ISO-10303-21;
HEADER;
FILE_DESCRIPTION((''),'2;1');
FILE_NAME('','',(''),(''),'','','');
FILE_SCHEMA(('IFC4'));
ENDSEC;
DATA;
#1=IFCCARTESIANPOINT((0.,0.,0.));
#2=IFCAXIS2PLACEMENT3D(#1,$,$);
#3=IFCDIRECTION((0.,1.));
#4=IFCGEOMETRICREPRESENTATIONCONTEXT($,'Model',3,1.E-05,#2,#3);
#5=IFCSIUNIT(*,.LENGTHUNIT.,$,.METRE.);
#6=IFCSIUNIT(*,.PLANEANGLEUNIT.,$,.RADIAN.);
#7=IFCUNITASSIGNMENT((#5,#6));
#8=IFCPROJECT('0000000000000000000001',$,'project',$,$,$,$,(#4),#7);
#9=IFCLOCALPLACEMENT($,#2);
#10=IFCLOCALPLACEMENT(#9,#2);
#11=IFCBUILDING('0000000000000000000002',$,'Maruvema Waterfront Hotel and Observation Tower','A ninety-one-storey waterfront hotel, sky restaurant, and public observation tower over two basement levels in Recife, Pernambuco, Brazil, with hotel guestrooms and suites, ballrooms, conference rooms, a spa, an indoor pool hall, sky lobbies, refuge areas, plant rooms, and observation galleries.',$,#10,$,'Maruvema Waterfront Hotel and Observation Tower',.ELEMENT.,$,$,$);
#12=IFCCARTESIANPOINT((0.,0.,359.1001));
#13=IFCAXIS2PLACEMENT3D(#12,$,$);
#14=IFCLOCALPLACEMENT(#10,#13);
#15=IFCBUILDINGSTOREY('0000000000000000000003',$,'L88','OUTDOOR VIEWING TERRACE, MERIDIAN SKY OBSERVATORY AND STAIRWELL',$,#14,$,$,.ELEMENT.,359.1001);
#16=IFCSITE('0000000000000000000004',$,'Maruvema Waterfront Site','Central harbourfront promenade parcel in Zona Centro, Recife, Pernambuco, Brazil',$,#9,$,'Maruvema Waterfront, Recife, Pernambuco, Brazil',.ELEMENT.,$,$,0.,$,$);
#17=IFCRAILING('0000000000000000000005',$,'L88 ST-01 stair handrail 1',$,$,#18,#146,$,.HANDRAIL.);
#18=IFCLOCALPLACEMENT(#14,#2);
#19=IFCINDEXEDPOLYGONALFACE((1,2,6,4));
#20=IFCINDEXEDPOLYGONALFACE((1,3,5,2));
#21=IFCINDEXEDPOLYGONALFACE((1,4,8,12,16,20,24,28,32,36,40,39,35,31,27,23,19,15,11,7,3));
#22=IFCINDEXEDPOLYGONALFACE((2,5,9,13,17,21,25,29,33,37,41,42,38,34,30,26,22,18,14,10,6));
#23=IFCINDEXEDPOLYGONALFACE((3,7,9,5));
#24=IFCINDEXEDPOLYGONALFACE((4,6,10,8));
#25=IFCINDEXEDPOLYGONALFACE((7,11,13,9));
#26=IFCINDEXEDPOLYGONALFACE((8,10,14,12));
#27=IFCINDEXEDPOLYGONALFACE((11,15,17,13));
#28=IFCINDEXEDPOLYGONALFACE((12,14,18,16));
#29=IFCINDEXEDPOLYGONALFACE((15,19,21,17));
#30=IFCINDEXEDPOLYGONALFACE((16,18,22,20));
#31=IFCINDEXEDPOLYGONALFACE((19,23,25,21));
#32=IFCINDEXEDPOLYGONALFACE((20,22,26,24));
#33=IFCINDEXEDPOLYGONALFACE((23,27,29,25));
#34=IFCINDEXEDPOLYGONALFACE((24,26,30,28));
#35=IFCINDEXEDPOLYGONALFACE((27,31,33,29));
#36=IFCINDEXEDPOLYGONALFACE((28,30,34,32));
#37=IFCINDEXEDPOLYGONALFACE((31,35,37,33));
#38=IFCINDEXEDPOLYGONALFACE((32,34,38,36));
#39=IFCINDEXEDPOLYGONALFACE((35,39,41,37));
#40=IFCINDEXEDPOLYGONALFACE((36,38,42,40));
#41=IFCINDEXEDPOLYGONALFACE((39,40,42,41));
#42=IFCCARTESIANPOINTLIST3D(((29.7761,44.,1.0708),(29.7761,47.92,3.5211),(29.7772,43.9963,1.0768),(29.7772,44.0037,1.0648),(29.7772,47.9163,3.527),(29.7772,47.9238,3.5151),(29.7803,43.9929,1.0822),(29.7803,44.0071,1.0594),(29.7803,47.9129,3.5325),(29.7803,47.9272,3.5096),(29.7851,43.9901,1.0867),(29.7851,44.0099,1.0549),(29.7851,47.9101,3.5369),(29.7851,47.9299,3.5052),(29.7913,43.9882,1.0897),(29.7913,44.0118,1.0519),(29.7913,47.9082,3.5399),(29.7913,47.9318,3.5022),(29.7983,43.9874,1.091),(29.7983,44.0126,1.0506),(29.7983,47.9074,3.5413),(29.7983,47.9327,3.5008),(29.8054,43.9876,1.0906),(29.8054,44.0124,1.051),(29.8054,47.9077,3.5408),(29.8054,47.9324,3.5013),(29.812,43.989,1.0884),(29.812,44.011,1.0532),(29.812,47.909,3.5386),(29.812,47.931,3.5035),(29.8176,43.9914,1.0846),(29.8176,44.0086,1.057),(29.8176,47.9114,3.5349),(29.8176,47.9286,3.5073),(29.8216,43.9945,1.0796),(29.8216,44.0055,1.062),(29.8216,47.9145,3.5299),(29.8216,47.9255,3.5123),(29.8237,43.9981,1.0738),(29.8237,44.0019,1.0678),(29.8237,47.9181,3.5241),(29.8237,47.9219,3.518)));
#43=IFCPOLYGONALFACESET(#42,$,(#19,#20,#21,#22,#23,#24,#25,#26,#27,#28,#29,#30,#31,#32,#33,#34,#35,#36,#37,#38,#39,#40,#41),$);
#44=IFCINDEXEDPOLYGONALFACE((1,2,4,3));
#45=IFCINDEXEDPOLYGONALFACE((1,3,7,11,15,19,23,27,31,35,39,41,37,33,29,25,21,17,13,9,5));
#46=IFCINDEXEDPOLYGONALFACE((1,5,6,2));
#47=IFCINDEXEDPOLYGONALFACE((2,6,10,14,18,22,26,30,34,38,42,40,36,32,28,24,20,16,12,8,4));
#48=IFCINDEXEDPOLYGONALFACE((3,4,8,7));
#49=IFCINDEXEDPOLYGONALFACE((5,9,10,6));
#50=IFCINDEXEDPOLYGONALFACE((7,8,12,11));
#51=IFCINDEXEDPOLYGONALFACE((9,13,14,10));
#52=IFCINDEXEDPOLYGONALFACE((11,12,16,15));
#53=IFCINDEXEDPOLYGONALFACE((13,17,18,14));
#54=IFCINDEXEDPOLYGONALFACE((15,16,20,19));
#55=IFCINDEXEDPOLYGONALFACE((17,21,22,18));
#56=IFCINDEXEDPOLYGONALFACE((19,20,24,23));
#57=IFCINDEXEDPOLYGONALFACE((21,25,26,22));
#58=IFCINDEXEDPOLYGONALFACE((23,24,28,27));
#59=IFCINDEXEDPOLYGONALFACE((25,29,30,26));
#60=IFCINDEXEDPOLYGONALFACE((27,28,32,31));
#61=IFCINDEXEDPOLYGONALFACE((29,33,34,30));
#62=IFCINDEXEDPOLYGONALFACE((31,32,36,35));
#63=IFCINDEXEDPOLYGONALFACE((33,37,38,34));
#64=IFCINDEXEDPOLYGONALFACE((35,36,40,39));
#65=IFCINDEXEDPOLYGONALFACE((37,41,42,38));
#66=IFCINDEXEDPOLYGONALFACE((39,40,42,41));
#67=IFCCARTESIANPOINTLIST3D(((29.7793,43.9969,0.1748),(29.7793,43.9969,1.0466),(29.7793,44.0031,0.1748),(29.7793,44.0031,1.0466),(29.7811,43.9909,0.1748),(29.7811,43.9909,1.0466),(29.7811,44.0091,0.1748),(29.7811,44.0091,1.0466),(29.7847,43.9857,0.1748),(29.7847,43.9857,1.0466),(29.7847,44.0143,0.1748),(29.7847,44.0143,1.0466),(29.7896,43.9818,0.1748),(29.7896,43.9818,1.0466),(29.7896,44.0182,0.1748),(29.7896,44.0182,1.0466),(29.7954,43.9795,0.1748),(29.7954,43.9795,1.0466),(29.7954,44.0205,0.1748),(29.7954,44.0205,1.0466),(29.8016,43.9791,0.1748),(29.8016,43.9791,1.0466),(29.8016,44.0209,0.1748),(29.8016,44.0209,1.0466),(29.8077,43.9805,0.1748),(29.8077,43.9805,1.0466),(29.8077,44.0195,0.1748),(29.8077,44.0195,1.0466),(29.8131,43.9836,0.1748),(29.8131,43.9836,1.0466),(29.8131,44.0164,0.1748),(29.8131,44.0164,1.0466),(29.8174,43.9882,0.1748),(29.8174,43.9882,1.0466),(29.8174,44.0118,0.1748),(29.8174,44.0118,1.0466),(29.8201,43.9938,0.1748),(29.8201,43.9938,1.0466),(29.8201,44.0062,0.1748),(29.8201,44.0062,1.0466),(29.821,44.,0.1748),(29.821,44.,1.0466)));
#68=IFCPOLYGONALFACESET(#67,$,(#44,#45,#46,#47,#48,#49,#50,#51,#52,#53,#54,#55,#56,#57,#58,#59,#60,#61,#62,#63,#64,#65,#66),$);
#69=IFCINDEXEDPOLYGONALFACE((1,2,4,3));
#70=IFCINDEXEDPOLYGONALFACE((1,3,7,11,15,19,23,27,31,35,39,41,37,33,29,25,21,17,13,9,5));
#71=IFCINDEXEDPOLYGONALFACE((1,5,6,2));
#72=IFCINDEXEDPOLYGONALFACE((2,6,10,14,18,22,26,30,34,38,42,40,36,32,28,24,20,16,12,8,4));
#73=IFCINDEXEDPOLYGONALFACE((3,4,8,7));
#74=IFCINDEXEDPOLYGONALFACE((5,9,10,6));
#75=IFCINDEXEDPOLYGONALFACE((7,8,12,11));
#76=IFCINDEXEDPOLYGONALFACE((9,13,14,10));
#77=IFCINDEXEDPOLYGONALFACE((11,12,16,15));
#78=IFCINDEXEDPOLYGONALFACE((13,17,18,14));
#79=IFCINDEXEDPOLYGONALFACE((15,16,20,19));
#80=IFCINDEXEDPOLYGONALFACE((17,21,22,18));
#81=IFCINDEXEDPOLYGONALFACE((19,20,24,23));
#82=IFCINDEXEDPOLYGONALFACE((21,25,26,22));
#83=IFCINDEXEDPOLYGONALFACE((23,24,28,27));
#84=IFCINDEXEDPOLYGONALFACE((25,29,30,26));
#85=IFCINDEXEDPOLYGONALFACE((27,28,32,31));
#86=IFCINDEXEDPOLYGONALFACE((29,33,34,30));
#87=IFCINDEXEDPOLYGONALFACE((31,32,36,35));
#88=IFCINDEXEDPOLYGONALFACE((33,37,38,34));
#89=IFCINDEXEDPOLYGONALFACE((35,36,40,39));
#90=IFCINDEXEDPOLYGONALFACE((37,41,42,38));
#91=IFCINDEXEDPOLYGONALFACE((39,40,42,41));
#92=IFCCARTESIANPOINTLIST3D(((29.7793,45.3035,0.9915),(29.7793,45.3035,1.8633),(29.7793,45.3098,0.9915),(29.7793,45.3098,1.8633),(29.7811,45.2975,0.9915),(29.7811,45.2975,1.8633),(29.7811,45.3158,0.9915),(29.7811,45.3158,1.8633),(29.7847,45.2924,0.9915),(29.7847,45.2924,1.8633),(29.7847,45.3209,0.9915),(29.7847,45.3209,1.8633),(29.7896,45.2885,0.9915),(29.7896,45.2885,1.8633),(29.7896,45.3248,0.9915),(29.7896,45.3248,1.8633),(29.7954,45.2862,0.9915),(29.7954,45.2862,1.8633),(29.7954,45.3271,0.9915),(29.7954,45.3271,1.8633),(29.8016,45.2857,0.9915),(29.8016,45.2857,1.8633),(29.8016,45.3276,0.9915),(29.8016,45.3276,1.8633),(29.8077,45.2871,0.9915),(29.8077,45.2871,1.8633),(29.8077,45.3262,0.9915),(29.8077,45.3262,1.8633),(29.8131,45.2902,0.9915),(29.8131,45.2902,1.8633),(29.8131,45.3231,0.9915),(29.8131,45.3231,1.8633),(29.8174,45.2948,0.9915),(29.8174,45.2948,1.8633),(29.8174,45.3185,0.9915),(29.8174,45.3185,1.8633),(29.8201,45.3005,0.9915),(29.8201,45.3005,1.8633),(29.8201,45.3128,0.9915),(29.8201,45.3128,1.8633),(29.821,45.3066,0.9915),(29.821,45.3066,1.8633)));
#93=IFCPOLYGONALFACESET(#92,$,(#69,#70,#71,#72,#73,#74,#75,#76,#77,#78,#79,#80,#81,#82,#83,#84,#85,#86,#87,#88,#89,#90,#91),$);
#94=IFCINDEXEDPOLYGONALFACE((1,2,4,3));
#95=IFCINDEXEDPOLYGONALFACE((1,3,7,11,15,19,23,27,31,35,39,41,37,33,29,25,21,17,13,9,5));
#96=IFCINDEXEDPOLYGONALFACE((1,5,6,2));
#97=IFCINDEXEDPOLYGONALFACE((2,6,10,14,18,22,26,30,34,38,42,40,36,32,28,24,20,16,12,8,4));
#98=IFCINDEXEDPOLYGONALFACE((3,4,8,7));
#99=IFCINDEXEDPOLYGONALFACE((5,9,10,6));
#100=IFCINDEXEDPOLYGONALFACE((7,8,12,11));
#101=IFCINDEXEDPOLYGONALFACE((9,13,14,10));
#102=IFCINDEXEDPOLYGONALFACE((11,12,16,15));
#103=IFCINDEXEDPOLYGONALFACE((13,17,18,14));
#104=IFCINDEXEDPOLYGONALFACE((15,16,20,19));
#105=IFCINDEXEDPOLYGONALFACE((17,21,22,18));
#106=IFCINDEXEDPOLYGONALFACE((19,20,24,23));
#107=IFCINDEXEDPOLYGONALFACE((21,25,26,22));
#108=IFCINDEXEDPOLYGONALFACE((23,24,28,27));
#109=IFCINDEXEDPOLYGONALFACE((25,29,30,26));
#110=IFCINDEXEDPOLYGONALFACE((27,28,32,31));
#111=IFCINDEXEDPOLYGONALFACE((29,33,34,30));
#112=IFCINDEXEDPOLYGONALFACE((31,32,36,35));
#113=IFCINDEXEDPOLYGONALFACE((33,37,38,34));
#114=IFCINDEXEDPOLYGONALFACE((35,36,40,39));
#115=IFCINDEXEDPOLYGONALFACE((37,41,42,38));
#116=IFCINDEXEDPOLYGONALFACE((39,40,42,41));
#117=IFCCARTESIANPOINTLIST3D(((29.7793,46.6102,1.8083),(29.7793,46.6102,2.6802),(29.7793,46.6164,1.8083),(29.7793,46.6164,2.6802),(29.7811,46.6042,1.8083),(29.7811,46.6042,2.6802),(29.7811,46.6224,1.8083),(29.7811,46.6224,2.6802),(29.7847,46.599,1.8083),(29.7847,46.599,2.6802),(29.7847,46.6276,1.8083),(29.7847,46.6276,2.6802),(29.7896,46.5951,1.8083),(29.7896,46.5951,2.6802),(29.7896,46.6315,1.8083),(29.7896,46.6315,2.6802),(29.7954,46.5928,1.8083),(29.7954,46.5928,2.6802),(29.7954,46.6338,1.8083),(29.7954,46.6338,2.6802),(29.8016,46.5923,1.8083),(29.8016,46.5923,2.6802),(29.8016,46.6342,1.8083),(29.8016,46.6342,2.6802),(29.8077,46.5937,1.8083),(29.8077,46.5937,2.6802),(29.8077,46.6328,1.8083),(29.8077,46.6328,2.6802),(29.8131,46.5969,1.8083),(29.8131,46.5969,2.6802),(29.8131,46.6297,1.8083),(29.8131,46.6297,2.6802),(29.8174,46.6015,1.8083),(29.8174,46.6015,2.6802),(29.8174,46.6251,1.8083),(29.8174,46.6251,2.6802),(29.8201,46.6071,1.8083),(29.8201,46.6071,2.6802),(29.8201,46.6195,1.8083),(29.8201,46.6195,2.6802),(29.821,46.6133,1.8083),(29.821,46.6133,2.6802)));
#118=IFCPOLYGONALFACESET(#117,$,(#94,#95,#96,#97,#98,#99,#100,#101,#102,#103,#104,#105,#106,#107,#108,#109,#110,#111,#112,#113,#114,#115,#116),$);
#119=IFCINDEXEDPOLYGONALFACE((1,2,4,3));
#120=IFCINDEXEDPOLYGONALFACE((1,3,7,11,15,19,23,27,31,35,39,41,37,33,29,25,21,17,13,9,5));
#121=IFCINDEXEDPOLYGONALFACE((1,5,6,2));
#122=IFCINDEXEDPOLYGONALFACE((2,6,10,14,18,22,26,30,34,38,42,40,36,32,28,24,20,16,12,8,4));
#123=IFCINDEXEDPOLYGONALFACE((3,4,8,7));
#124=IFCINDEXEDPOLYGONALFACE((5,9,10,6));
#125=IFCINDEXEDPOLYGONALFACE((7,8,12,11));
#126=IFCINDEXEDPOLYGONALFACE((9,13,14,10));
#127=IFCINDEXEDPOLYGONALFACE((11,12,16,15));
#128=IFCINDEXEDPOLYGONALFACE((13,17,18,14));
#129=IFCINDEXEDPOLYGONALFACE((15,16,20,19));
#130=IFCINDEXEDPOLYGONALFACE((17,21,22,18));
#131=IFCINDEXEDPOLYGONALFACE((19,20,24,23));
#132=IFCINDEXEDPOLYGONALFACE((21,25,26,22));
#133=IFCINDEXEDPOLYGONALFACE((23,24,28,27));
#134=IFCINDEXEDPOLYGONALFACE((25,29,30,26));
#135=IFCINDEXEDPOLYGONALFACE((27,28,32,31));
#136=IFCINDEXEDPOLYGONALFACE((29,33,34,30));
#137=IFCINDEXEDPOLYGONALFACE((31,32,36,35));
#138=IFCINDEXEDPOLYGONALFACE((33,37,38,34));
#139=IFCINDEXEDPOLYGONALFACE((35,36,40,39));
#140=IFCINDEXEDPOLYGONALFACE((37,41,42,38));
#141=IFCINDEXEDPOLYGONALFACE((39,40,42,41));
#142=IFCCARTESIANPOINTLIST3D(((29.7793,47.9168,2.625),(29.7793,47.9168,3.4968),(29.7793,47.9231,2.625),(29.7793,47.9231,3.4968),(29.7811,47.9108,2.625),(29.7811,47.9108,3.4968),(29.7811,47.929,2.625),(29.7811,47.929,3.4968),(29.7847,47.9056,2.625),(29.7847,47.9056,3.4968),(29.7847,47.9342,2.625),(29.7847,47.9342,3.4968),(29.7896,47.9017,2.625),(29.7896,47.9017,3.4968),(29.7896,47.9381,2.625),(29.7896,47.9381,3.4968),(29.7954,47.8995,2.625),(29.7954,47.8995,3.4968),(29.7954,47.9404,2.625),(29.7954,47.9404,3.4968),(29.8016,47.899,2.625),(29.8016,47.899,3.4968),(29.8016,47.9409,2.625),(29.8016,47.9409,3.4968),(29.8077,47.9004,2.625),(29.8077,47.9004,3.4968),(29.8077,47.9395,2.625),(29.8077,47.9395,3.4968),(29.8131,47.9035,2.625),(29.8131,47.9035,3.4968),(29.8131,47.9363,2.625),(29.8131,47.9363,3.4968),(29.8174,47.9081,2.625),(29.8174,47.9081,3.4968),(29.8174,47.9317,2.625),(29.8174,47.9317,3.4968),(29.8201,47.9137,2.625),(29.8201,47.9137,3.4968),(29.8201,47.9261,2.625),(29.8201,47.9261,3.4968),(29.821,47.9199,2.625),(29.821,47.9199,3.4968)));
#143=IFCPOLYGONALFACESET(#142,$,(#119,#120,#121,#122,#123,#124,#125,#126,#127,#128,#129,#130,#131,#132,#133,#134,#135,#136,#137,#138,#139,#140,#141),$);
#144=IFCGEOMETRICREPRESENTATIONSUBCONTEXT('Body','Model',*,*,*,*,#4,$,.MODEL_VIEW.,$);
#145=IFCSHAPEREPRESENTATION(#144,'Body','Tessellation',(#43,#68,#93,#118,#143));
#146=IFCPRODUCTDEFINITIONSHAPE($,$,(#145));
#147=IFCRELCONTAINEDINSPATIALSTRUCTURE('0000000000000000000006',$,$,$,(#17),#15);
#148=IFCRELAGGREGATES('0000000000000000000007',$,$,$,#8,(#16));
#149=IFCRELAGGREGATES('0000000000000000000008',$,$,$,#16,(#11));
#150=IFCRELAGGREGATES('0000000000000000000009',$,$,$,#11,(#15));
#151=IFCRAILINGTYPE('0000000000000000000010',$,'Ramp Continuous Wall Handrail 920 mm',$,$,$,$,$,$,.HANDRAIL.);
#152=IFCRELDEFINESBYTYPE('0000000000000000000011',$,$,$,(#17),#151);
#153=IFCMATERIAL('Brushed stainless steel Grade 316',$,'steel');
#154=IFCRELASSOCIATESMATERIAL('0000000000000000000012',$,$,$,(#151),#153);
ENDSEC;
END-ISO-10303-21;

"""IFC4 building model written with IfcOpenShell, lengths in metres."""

from ifc_helpers import new_model, si_unit, direction, frame, origin, origin_2d, place, context, subcontext, project, spatial, circle, extrude, material, type_object, element, save


model = new_model("IFC4")

# Units and contexts
model_context = context("Model", 3, precision=1e-05, world=origin(), true_north=direction((0.0, 1.0)))
body_context = subcontext(model_context, "Body", "Model", "MODEL_VIEW")
ifc_project = project(units=[si_unit("LENGTHUNIT", "METRE"), si_unit("PLANEANGLEUNIT", "RADIAN")], contexts=[model_context])

# Site, building, storey
site_placement = place(None, origin())
site = spatial("IfcSite", under=ifc_project, at=site_placement, Name="Maruvema Waterfront Site", Description="Central harbourfront promenade parcel in Zona Centro, Recife, Pernambuco, Brazil", LongName="Maruvema Waterfront, Recife, Pernambuco, Brazil", CompositionType="ELEMENT", RefElevation=0.0)
building_placement = place(site_placement, origin())
building = spatial("IfcBuilding", under=site, at=building_placement, Name="Maruvema Waterfront Hotel and Observation Tower", Description="A ninety-one-storey waterfront hotel, sky restaurant, and public observation tower over two basement levels in Recife, Pernambuco, Brazil, with hotel guestrooms and suites, ballrooms, conference rooms, a spa, an indoor pool hall, sky lobbies, refuge areas, plant rooms, and observation galleries.", LongName="Maruvema Waterfront Hotel and Observation Tower", CompositionType="ELEMENT")
storey_placement = place(building_placement, frame((0.0, 0.0, 359.1001)))
storey = spatial("IfcBuildingStorey", under=building, at=storey_placement, Name="L88", Description="OUTDOOR VIEWING TERRACE, MERIDIAN SKY OBSERVATORY AND STAIRWELL", CompositionType="ELEMENT", Elevation=359.1001)

# Railing
ifc_material_1 = material(Name="Brushed stainless steel Grade 316", Category="steel")
railing_type_1 = type_object("IfcRailingType", Name="Ramp Continuous Wall Handrail 920 mm", PredefinedType="HANDRAIL", material=ifc_material_1)
railing_1_placement = place(storey_placement, frame((29.8, 44.0, 0.1748)))
element("IfcRailing", 1, at=railing_1_placement, inside=storey, type_object=railing_type_1, Name="L88 ST-01 stair handrail 1", PredefinedType="HANDRAIL", context=body_context, shape_type="SweptSolid", body=[
    extrude(circle(Radius=0.0239, at=origin_2d()), frame((0.0, 0.0, 0.896), z_axis=(0.0, 0.847975, 0.530037), x_axis=(-1.0, 0.0, 0.0)), (0.0, 0.0, 1.0), 4.6228),
    extrude(circle(Radius=0.021, at=origin_2d()), origin(), (0.0, 0.0, 1.0), 0.8718),
    extrude(circle(Radius=0.021, at=origin_2d()), frame((0.0, 1.3066, 0.8167)), (0.0, 0.0, 1.0), 0.8718),
    extrude(circle(Radius=0.021, at=origin_2d()), frame((0.0, 2.6133, 1.6335)), (0.0, 0.0, 1.0), 0.8718),
    extrude(circle(Radius=0.021, at=origin_2d()), frame((0.0, 3.9199, 2.4502)), (0.0, 0.0, 1.0), 0.8718),
])

save(model, "model.ifc")
